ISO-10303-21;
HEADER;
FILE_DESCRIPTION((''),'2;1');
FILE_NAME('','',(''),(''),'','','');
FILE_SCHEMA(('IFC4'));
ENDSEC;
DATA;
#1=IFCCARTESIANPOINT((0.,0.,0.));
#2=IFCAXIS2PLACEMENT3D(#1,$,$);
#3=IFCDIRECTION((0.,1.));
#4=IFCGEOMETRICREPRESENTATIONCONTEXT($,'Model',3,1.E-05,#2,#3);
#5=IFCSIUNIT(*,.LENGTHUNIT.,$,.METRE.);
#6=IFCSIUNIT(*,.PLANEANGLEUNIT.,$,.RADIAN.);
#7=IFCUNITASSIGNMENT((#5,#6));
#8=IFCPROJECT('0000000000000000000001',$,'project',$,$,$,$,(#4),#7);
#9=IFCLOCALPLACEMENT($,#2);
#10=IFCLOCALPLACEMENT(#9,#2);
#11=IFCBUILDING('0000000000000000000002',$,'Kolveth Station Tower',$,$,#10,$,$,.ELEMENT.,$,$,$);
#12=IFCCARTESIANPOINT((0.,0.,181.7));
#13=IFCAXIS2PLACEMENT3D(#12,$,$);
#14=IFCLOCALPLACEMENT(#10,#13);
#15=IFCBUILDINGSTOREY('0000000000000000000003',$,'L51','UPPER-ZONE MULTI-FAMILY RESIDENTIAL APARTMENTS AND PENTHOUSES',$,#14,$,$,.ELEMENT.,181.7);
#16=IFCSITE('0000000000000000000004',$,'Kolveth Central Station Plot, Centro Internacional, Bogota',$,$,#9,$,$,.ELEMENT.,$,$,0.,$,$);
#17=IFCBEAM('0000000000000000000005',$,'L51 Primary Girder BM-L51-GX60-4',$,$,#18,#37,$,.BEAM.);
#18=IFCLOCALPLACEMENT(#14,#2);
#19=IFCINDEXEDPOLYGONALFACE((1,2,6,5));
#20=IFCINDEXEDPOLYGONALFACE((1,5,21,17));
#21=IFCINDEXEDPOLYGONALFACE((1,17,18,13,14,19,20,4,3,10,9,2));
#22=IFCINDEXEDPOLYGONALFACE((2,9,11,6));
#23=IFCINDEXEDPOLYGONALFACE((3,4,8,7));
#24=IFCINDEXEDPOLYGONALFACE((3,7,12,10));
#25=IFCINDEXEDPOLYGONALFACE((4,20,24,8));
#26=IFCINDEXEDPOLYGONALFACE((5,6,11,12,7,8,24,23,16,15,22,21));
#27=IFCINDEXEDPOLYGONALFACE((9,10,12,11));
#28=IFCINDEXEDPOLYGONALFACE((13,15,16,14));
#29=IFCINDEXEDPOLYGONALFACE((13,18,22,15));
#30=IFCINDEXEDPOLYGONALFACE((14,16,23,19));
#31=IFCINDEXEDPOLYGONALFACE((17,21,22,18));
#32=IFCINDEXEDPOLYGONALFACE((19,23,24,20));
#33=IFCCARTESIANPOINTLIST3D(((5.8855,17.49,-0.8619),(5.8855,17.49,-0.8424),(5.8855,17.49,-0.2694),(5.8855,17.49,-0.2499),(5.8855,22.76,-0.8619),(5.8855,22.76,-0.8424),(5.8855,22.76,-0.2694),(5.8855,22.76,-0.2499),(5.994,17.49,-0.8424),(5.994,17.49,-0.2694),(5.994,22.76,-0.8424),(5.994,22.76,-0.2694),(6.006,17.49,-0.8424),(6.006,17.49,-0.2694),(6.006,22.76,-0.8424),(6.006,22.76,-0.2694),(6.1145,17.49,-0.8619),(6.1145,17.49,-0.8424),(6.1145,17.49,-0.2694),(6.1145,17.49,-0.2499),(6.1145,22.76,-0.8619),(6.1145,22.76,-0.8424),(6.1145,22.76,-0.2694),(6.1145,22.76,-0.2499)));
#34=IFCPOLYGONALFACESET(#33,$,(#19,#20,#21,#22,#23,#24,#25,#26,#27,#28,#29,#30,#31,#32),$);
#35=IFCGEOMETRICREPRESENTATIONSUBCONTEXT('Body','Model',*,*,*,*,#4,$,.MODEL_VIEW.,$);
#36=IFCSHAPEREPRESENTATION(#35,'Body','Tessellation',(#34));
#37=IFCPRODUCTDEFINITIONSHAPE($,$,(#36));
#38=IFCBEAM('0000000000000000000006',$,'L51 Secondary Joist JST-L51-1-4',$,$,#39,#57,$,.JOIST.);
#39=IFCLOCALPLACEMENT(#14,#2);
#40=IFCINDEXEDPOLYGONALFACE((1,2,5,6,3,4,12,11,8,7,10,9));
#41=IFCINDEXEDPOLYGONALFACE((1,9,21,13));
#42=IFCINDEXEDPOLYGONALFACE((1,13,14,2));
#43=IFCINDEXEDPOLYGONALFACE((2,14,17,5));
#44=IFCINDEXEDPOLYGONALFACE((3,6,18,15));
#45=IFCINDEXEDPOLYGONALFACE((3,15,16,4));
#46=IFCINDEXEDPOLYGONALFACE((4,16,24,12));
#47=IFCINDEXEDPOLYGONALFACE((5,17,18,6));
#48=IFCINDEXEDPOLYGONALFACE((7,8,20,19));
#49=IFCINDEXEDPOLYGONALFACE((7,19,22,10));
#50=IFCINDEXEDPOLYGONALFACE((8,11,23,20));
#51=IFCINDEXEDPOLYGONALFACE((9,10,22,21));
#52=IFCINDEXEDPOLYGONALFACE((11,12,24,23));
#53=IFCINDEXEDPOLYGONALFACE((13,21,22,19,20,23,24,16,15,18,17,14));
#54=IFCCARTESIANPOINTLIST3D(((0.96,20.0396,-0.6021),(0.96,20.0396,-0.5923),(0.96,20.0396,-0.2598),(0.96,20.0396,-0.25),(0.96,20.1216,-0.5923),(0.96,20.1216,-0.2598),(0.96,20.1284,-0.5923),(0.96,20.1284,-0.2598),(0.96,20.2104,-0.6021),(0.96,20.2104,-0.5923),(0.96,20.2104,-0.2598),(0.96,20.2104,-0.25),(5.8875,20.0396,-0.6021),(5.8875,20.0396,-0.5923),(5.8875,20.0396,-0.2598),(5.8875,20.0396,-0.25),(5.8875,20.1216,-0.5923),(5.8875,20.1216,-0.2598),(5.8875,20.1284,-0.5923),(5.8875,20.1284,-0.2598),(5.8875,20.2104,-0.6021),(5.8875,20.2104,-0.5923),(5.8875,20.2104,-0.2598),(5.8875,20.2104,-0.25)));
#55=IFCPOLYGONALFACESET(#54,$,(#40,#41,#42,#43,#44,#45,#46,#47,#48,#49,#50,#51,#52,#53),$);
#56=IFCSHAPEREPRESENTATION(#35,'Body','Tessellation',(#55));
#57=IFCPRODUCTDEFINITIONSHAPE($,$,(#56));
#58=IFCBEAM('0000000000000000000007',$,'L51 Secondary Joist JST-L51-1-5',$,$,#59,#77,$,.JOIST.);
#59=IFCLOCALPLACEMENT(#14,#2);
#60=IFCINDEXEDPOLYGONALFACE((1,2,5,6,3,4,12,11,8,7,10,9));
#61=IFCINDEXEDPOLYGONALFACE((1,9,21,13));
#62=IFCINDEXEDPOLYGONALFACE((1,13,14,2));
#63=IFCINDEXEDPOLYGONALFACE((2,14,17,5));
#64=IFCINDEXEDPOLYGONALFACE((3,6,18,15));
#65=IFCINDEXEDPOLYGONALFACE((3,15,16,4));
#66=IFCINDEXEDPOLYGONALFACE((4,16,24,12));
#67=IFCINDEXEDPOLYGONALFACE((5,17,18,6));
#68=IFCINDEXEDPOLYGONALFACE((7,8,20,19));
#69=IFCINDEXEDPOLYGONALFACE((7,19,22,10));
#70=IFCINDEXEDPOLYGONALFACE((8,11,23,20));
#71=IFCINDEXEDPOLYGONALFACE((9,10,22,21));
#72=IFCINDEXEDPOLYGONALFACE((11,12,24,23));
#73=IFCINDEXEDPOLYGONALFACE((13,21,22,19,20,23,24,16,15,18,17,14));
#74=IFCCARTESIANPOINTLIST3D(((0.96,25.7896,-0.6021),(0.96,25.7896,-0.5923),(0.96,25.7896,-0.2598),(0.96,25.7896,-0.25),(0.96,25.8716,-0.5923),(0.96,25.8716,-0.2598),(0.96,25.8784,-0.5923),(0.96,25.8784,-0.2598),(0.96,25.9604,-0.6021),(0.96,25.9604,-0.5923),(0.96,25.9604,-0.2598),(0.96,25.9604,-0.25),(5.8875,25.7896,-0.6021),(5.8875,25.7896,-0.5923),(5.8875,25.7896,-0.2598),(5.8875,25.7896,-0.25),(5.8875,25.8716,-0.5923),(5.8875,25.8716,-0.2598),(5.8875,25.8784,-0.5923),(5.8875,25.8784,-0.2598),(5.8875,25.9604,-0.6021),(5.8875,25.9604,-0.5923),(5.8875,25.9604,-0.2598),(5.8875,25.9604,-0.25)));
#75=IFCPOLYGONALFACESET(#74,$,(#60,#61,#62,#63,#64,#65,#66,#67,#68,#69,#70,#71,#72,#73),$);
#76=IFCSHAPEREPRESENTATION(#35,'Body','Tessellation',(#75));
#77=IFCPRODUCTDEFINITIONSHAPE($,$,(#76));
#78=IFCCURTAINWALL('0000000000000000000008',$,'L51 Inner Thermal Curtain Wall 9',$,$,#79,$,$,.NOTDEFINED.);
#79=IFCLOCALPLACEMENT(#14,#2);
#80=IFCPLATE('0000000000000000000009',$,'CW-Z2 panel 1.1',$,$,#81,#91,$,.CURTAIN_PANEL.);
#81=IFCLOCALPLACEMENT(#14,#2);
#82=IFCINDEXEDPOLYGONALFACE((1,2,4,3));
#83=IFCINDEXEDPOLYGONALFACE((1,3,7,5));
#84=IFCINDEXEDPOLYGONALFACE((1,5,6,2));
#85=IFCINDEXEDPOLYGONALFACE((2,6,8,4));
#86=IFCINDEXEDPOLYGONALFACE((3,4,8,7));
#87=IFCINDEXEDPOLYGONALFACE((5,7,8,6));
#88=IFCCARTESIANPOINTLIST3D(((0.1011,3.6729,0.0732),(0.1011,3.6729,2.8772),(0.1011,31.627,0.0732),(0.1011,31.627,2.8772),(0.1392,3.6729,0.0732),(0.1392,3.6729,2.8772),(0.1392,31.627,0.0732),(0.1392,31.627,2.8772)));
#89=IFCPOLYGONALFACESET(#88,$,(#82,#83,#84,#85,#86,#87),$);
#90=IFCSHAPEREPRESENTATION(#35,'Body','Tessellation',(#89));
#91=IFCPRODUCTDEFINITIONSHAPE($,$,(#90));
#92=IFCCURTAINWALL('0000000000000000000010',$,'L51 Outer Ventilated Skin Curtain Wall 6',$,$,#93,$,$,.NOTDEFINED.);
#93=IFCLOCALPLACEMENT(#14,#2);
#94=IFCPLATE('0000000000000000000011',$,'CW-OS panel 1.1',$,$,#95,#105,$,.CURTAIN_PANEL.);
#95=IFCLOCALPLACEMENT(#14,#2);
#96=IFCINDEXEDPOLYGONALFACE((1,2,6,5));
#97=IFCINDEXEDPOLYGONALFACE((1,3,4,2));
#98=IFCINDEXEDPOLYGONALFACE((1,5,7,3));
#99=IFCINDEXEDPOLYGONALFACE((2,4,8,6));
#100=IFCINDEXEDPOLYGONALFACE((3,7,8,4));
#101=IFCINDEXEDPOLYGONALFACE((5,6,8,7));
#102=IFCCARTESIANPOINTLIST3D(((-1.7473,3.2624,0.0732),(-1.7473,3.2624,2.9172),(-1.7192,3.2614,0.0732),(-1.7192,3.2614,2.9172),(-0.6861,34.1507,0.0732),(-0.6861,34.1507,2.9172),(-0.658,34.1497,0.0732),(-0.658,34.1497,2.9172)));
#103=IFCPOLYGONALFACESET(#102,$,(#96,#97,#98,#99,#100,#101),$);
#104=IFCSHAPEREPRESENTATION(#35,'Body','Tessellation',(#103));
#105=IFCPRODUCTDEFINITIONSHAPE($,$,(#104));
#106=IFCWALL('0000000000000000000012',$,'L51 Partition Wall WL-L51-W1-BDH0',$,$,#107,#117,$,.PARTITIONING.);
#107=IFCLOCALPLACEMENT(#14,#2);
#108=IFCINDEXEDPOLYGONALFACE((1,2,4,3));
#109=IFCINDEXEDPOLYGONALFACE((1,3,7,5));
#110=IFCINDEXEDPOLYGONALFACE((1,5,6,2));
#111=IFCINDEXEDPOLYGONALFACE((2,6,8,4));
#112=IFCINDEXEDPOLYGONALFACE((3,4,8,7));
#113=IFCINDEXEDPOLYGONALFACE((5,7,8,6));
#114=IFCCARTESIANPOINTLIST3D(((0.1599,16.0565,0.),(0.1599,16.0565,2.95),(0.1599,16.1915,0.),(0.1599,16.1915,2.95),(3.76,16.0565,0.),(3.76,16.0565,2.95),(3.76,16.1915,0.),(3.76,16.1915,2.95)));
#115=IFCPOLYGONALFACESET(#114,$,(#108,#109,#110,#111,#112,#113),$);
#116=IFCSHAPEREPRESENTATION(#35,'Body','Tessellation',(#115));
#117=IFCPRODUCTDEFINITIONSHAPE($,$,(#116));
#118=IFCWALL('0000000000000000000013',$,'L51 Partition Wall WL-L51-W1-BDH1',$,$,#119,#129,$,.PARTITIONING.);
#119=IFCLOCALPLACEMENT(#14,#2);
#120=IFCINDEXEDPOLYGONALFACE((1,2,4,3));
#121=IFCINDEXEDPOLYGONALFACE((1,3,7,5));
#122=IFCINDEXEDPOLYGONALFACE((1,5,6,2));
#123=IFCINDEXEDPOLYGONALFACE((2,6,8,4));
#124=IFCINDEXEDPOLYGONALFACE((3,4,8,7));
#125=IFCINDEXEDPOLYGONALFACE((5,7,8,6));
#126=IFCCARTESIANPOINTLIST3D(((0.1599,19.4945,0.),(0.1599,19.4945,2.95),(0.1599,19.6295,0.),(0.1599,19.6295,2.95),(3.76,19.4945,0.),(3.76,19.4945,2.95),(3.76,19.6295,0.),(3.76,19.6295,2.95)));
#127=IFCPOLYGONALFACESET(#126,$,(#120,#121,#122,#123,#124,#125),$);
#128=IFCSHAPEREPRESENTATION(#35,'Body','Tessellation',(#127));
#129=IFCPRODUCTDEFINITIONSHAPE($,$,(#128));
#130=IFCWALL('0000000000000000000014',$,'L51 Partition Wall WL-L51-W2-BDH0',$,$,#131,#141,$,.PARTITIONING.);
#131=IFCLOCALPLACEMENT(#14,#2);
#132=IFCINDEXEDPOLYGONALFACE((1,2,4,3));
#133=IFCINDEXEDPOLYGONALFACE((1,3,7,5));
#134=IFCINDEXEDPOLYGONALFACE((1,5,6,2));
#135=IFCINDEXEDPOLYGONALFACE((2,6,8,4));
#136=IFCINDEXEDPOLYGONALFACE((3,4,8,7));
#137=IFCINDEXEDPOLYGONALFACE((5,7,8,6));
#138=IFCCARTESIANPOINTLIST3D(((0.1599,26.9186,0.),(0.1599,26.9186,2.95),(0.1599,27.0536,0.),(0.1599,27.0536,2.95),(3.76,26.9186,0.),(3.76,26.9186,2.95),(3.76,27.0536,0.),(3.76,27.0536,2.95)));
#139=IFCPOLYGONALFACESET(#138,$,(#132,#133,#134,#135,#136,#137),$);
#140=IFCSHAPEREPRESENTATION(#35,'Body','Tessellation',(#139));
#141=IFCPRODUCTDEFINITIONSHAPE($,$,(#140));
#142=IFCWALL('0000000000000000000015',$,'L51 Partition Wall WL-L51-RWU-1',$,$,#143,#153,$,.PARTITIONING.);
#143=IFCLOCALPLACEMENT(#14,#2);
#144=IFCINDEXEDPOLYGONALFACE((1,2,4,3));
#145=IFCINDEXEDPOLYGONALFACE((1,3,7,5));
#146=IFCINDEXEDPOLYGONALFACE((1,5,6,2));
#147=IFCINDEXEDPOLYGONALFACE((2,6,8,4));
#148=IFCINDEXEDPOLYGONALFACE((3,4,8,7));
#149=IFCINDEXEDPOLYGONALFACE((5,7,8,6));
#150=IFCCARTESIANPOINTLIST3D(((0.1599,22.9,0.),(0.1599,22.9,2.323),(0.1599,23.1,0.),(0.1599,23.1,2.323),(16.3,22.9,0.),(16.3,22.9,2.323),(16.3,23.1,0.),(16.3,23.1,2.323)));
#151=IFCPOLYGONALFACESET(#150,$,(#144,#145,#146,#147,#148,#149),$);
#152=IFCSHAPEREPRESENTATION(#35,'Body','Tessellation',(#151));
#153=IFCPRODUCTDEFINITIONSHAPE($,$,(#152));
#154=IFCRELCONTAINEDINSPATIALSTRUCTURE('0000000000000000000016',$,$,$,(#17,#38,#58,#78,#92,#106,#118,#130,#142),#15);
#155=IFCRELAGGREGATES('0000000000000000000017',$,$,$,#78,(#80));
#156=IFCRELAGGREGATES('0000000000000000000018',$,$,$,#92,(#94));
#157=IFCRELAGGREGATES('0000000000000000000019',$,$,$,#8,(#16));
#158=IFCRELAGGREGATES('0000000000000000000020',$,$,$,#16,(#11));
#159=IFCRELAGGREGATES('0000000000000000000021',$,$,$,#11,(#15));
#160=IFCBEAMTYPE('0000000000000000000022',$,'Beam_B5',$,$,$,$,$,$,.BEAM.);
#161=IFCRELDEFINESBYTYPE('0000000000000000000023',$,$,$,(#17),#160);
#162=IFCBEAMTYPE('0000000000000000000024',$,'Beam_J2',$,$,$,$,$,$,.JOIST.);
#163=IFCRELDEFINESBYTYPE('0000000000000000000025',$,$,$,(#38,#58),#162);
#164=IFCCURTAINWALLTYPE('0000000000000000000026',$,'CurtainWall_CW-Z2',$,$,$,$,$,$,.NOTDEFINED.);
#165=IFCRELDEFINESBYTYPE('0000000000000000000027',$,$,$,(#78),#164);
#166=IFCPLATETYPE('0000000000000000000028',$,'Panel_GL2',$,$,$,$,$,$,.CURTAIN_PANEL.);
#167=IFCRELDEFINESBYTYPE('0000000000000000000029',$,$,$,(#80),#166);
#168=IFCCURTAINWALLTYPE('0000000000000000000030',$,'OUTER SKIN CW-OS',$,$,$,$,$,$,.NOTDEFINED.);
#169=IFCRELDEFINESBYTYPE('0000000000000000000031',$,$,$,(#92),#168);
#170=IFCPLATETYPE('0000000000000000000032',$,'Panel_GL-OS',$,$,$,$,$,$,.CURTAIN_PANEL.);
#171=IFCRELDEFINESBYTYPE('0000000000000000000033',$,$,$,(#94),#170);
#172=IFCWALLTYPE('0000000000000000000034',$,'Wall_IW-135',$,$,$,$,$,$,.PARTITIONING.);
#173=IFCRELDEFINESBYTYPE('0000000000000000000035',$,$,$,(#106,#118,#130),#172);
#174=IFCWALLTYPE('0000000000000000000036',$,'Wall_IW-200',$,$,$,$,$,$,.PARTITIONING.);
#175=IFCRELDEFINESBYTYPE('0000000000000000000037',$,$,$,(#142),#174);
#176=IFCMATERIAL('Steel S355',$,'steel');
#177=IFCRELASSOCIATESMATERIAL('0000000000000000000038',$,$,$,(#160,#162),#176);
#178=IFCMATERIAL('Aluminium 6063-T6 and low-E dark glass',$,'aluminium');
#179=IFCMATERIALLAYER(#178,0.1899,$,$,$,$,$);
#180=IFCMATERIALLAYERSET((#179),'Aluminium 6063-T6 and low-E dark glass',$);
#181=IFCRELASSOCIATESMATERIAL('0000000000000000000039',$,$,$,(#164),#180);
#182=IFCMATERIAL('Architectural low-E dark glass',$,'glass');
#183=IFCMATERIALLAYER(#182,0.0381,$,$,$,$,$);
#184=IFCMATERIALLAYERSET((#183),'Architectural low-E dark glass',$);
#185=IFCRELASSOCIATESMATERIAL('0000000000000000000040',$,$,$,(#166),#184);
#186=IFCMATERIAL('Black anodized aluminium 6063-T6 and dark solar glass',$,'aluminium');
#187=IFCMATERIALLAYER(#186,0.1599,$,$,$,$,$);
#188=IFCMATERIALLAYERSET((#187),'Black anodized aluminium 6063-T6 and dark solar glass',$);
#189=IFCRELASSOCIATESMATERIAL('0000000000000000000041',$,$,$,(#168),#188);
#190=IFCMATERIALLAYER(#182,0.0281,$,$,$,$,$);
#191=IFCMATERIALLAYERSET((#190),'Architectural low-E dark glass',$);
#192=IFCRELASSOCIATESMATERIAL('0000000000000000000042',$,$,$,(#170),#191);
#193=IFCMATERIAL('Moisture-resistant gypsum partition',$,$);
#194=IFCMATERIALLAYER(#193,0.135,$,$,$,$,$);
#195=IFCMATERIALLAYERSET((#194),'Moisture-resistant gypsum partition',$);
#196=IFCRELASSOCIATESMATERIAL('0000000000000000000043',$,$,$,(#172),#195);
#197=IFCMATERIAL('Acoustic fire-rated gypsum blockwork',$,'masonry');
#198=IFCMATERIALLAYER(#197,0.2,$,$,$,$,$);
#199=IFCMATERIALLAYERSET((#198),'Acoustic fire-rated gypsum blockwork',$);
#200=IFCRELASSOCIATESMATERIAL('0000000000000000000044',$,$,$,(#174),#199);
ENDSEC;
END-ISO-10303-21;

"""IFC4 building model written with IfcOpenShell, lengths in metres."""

from ifc_helpers import new_model, si_unit, direction, frame, frame_2d, origin, origin_2d, place, context, subcontext, project, spatial, rectangle, i_section, extrude, source, transform, mapped, material, layer, layer_set, material_profile, profile_set, type_object, element, aggregate, save


model = new_model("IFC4")

# Units and contexts
model_context = context("Model", 3, precision=1e-05, world=origin(), true_north=direction((0.0, 1.0)))
body_context = subcontext(model_context, "Body", "Model", "MODEL_VIEW")
ifc_project = project(units=[si_unit("LENGTHUNIT", "METRE"), si_unit("PLANEANGLEUNIT", "RADIAN")], contexts=[model_context])

# Site, building, storey
site_placement = place(None, origin())
site = spatial("IfcSite", under=ifc_project, at=site_placement, Name="Kolveth Central Station Plot, Centro Internacional, Bogota", CompositionType="ELEMENT", RefElevation=0.0)
building_placement = place(site_placement, origin())
building = spatial("IfcBuilding", under=site, at=building_placement, Name="Kolveth Station Tower", CompositionType="ELEMENT")
storey_placement = place(building_placement, frame((0.0, 0.0, 181.7)))
storey = spatial("IfcBuildingStorey", under=building, at=storey_placement, Name="L51", Description="UPPER-ZONE MULTI-FAMILY RESIDENTIAL APARTMENTS AND PENTHOUSES", CompositionType="ELEMENT", Elevation=181.7)

# Shared definitions
ifc_material_1 = material(Name="Steel S355", Category="steel")

# Beams
ifc_material_profile_1 = material_profile(ifc_material_1, i_section(OverallWidth=0.229, OverallDepth=0.6121, WebThickness=0.012, FlangeThickness=0.0195, at=origin_2d()), Name="W610x125")
ifc_profile_set_1 = profile_set([ifc_material_profile_1], Name="Steel S355")
beam_type_1 = type_object("IfcBeamType", Name="Beam_B5", PredefinedType="BEAM", material=ifc_profile_set_1)
shared_shape_1 = source(origin(), body_context, "Body", "SweptSolid", [
    extrude(i_section(OverallWidth=0.229, OverallDepth=0.6121, WebThickness=0.012, FlangeThickness=0.0195, at=origin_2d()), origin(), (0.0, 0.0, 1.0), 5.27),
])
beam_placement = place(storey_placement, frame((6.0, 17.49, -0.5559), z_axis=(0.0, 1.0, 0.0), x_axis=(-1.0, 0.0, 0.0)))
element("IfcBeam", 1, at=beam_placement, inside=storey, type_object=beam_type_1, Name="L51 Primary Girder BM-L51-GX60-4", PredefinedType="BEAM", context=body_context, shape_type="MappedRepresentation", body=[
    mapped(shared_shape_1, transform((0.0, 0.0, 0.0), x_axis=(1.0, 0.0, 0.0), y_axis=(0.0, 1.0, 0.0), z_axis=(0.0, 0.0, 1.0), scale=1.0)),
])
ifc_material_profile_2 = material_profile(ifc_material_1, i_section(OverallWidth=0.1709, OverallDepth=0.3521, WebThickness=0.0068, FlangeThickness=0.0098, at=origin_2d()), Name="W360x44")
ifc_profile_set_2 = profile_set([ifc_material_profile_2], Name="Steel S355")
beam_type_2 = type_object("IfcBeamType", Name="Beam_J2", PredefinedType="JOIST", material=ifc_profile_set_2)
shared_shape_2 = source(origin(), body_context, "Body", "SweptSolid", [
    extrude(i_section(OverallWidth=0.1709, OverallDepth=0.3521, WebThickness=0.0068, FlangeThickness=0.0098, at=origin_2d()), origin(), (0.0, 0.0, 1.0), 4.9275),
])
for number, where, z_axis, x_axis, name in (
    (2, (0.96, 20.125, -0.426), (1.0, 0.0, 0.0), (0.0, 1.0, 0.0), "L51 Secondary Joist JST-L51-1-4"),
    (3, (0.96, 25.875, -0.426), (1.0, 0.0, 0.0), (0.0, 1.0, 0.0), "L51 Secondary Joist JST-L51-1-5"),
):
    element("IfcBeam", number, at=place(storey_placement, frame(where, z_axis=z_axis, x_axis=x_axis)), inside=storey, type_object=beam_type_2, Name=name, PredefinedType="JOIST", context=body_context, shape_type="MappedRepresentation", body=[
        mapped(shared_shape_2, transform((0.0, 0.0, 0.0), x_axis=(1.0, 0.0, 0.0), y_axis=(0.0, 1.0, 0.0), z_axis=(0.0, 0.0, 1.0), scale=1.0)),
    ])

# Curtain walls, plates
ifc_material_2 = material(Name="Aluminium 6063-T6 and low-E dark glass", Category="aluminium")
ifc_layer_1 = layer(ifc_material_2, 0.1899)
ifc_layer_set_1 = layer_set([ifc_layer_1], Name="Aluminium 6063-T6 and low-E dark glass")
curtain_wall_type_1 = type_object("IfcCurtainWallType", Name="CurtainWall_CW-Z2", PredefinedType="NOTDEFINED", material=ifc_layer_set_1)
curtain_wall_1_placement = place(storey_placement, origin())
curtain_wall_1 = element("IfcCurtainWall", 4, at=curtain_wall_1_placement, inside=storey, type_object=curtain_wall_type_1, Name="L51 Inner Thermal Curtain Wall 9", PredefinedType="NOTDEFINED")
ifc_material_3 = material(Name="Architectural low-E dark glass", Category="glass")
ifc_layer_2 = layer(ifc_material_3, 0.0381)
ifc_layer_set_2 = layer_set([ifc_layer_2], Name="Architectural low-E dark glass")
plate_type_1 = type_object("IfcPlateType", Name="Panel_GL2", PredefinedType="CURTAIN_PANEL", material=ifc_layer_set_2)
shared_shape_3 = source(origin(), body_context, "Body", "SweptSolid", [
    extrude(rectangle(XDim=27.9541, YDim=0.0381, at=origin_2d()), origin(), (0.0, 0.0, 1.0), 2.804),
])
plate_1_placement = place(storey_placement, frame((0.1201, 17.6499, 0.0732), z_axis=(0.0, 0.0, 1.0), x_axis=(0.0, -1.0, 0.0)))
plate_1 = element("IfcPlate", 5, at=plate_1_placement, type_object=plate_type_1, Name="CW-Z2 panel 1.1", PredefinedType="CURTAIN_PANEL", context=body_context, shape_type="MappedRepresentation", body=[
    mapped(shared_shape_3, transform((0.0, 0.0, 0.0), x_axis=(1.0, 0.0, 0.0), y_axis=(0.0, 1.0, 0.0), z_axis=(0.0, 0.0, 1.0), scale=1.0)),
])
aggregate(curtain_wall_1, [plate_1])
ifc_material_4 = material(Name="Black anodized aluminium 6063-T6 and dark solar glass", Category="aluminium")
ifc_layer_3 = layer(ifc_material_4, 0.1599)
ifc_layer_set_3 = layer_set([ifc_layer_3], Name="Black anodized aluminium 6063-T6 and dark solar glass")
curtain_wall_type_2 = type_object("IfcCurtainWallType", Name="OUTER SKIN CW-OS", PredefinedType="NOTDEFINED", material=ifc_layer_set_3)
curtain_wall_2_placement = place(storey_placement, origin())
curtain_wall_2 = element("IfcCurtainWall", 6, at=curtain_wall_2_placement, inside=storey, type_object=curtain_wall_type_2, Name="L51 Outer Ventilated Skin Curtain Wall 6", PredefinedType="NOTDEFINED")
ifc_layer_4 = layer(ifc_material_3, 0.0281)
ifc_layer_set_4 = layer_set([ifc_layer_4], Name="Architectural low-E dark glass")
plate_type_2 = type_object("IfcPlateType", Name="Panel_GL-OS", PredefinedType="CURTAIN_PANEL", material=ifc_layer_set_4)
shared_shape_4 = source(origin(), body_context, "Body", "SweptSolid", [
    extrude(rectangle(XDim=30.9065, YDim=0.0281, at=origin_2d()), origin(), (0.0, 0.0, 1.0), 2.844),
])
plate_2_placement = place(storey_placement, frame((-1.2026, 18.7061, 0.0732), z_axis=(0.0, 0.0, 1.0), x_axis=(-0.034336, -0.99941, 0.0)))
plate_2 = element("IfcPlate", 7, at=plate_2_placement, type_object=plate_type_2, Name="CW-OS panel 1.1", PredefinedType="CURTAIN_PANEL", context=body_context, shape_type="MappedRepresentation", body=[
    mapped(shared_shape_4, transform((0.0, 0.0, 0.0), x_axis=(1.0, 0.0, 0.0), y_axis=(0.0, 1.0, 0.0), z_axis=(0.0, 0.0, 1.0), scale=1.0)),
])
aggregate(curtain_wall_2, [plate_2])

# Wall
ifc_material_5 = material(Name="Moisture-resistant gypsum partition")
ifc_layer_5 = layer(ifc_material_5, 0.135)
ifc_layer_set_5 = layer_set([ifc_layer_5], Name="Moisture-resistant gypsum partition")
wall_type_1 = type_object("IfcWallType", Name="Wall_IW-135", PredefinedType="PARTITIONING", material=ifc_layer_set_5)
wall_1_placement = place(storey_placement, frame((0.1599, 16.124, 0.0), z_axis=(0.0, 0.0, 1.0), x_axis=(1.0, 0.0, 0.0)))
element("IfcWall", 8, at=wall_1_placement, inside=storey, type_object=wall_type_1, Name="L51 Partition Wall WL-L51-W1-BDH0", PredefinedType="PARTITIONING", context=body_context, shape_type="SweptSolid", body=[
    extrude(rectangle(XDim=3.6001, YDim=0.135, at=frame_2d((1.8, 0.0))), origin(), (0.0, 0.0, 1.0), 2.95),
])

# Walls
for number, where, z_axis, x_axis, name in (
    (9, (0.1599, 19.562, 0.0), (0.0, 0.0, 1.0), (1.0, 0.0, 0.0), "L51 Partition Wall WL-L51-W1-BDH1"),
    (10, (0.1599, 26.9861, 0.0), (0.0, 0.0, 1.0), (1.0, 0.0, 0.0), "L51 Partition Wall WL-L51-W2-BDH0"),
):
    element("IfcWall", number, at=place(storey_placement, frame(where, z_axis=z_axis, x_axis=x_axis)), inside=storey, type_object=wall_type_1, Name=name, PredefinedType="PARTITIONING", context=body_context, shape_type="SweptSolid", body=[
        extrude(rectangle(XDim=3.6001, YDim=0.135, at=frame_2d((1.8, 0.0))), origin(), (0.0, 0.0, 1.0), 2.95),
    ])

# Wall
ifc_material_6 = material(Name="Acoustic fire-rated gypsum blockwork", Category="masonry")
ifc_layer_6 = layer(ifc_material_6, 0.2)
ifc_layer_set_6 = layer_set([ifc_layer_6], Name="Acoustic fire-rated gypsum blockwork")
wall_type_2 = type_object("IfcWallType", Name="Wall_IW-200", PredefinedType="PARTITIONING", material=ifc_layer_set_6)
wall_2_placement = place(storey_placement, frame((0.1599, 23.0, 0.0), z_axis=(0.0, 0.0, 1.0), x_axis=(1.0, 0.0, 0.0)))
element("IfcWall", 11, at=wall_2_placement, inside=storey, type_object=wall_type_2, Name="L51 Partition Wall WL-L51-RWU-1", PredefinedType="PARTITIONING", context=body_context, shape_type="SweptSolid", body=[
    extrude(rectangle(XDim=16.1401, YDim=0.2, at=frame_2d((8.0701, 0.0))), origin(), (0.0, 0.0, 1.0), 2.323),
])

save(model, "model.ifc")
